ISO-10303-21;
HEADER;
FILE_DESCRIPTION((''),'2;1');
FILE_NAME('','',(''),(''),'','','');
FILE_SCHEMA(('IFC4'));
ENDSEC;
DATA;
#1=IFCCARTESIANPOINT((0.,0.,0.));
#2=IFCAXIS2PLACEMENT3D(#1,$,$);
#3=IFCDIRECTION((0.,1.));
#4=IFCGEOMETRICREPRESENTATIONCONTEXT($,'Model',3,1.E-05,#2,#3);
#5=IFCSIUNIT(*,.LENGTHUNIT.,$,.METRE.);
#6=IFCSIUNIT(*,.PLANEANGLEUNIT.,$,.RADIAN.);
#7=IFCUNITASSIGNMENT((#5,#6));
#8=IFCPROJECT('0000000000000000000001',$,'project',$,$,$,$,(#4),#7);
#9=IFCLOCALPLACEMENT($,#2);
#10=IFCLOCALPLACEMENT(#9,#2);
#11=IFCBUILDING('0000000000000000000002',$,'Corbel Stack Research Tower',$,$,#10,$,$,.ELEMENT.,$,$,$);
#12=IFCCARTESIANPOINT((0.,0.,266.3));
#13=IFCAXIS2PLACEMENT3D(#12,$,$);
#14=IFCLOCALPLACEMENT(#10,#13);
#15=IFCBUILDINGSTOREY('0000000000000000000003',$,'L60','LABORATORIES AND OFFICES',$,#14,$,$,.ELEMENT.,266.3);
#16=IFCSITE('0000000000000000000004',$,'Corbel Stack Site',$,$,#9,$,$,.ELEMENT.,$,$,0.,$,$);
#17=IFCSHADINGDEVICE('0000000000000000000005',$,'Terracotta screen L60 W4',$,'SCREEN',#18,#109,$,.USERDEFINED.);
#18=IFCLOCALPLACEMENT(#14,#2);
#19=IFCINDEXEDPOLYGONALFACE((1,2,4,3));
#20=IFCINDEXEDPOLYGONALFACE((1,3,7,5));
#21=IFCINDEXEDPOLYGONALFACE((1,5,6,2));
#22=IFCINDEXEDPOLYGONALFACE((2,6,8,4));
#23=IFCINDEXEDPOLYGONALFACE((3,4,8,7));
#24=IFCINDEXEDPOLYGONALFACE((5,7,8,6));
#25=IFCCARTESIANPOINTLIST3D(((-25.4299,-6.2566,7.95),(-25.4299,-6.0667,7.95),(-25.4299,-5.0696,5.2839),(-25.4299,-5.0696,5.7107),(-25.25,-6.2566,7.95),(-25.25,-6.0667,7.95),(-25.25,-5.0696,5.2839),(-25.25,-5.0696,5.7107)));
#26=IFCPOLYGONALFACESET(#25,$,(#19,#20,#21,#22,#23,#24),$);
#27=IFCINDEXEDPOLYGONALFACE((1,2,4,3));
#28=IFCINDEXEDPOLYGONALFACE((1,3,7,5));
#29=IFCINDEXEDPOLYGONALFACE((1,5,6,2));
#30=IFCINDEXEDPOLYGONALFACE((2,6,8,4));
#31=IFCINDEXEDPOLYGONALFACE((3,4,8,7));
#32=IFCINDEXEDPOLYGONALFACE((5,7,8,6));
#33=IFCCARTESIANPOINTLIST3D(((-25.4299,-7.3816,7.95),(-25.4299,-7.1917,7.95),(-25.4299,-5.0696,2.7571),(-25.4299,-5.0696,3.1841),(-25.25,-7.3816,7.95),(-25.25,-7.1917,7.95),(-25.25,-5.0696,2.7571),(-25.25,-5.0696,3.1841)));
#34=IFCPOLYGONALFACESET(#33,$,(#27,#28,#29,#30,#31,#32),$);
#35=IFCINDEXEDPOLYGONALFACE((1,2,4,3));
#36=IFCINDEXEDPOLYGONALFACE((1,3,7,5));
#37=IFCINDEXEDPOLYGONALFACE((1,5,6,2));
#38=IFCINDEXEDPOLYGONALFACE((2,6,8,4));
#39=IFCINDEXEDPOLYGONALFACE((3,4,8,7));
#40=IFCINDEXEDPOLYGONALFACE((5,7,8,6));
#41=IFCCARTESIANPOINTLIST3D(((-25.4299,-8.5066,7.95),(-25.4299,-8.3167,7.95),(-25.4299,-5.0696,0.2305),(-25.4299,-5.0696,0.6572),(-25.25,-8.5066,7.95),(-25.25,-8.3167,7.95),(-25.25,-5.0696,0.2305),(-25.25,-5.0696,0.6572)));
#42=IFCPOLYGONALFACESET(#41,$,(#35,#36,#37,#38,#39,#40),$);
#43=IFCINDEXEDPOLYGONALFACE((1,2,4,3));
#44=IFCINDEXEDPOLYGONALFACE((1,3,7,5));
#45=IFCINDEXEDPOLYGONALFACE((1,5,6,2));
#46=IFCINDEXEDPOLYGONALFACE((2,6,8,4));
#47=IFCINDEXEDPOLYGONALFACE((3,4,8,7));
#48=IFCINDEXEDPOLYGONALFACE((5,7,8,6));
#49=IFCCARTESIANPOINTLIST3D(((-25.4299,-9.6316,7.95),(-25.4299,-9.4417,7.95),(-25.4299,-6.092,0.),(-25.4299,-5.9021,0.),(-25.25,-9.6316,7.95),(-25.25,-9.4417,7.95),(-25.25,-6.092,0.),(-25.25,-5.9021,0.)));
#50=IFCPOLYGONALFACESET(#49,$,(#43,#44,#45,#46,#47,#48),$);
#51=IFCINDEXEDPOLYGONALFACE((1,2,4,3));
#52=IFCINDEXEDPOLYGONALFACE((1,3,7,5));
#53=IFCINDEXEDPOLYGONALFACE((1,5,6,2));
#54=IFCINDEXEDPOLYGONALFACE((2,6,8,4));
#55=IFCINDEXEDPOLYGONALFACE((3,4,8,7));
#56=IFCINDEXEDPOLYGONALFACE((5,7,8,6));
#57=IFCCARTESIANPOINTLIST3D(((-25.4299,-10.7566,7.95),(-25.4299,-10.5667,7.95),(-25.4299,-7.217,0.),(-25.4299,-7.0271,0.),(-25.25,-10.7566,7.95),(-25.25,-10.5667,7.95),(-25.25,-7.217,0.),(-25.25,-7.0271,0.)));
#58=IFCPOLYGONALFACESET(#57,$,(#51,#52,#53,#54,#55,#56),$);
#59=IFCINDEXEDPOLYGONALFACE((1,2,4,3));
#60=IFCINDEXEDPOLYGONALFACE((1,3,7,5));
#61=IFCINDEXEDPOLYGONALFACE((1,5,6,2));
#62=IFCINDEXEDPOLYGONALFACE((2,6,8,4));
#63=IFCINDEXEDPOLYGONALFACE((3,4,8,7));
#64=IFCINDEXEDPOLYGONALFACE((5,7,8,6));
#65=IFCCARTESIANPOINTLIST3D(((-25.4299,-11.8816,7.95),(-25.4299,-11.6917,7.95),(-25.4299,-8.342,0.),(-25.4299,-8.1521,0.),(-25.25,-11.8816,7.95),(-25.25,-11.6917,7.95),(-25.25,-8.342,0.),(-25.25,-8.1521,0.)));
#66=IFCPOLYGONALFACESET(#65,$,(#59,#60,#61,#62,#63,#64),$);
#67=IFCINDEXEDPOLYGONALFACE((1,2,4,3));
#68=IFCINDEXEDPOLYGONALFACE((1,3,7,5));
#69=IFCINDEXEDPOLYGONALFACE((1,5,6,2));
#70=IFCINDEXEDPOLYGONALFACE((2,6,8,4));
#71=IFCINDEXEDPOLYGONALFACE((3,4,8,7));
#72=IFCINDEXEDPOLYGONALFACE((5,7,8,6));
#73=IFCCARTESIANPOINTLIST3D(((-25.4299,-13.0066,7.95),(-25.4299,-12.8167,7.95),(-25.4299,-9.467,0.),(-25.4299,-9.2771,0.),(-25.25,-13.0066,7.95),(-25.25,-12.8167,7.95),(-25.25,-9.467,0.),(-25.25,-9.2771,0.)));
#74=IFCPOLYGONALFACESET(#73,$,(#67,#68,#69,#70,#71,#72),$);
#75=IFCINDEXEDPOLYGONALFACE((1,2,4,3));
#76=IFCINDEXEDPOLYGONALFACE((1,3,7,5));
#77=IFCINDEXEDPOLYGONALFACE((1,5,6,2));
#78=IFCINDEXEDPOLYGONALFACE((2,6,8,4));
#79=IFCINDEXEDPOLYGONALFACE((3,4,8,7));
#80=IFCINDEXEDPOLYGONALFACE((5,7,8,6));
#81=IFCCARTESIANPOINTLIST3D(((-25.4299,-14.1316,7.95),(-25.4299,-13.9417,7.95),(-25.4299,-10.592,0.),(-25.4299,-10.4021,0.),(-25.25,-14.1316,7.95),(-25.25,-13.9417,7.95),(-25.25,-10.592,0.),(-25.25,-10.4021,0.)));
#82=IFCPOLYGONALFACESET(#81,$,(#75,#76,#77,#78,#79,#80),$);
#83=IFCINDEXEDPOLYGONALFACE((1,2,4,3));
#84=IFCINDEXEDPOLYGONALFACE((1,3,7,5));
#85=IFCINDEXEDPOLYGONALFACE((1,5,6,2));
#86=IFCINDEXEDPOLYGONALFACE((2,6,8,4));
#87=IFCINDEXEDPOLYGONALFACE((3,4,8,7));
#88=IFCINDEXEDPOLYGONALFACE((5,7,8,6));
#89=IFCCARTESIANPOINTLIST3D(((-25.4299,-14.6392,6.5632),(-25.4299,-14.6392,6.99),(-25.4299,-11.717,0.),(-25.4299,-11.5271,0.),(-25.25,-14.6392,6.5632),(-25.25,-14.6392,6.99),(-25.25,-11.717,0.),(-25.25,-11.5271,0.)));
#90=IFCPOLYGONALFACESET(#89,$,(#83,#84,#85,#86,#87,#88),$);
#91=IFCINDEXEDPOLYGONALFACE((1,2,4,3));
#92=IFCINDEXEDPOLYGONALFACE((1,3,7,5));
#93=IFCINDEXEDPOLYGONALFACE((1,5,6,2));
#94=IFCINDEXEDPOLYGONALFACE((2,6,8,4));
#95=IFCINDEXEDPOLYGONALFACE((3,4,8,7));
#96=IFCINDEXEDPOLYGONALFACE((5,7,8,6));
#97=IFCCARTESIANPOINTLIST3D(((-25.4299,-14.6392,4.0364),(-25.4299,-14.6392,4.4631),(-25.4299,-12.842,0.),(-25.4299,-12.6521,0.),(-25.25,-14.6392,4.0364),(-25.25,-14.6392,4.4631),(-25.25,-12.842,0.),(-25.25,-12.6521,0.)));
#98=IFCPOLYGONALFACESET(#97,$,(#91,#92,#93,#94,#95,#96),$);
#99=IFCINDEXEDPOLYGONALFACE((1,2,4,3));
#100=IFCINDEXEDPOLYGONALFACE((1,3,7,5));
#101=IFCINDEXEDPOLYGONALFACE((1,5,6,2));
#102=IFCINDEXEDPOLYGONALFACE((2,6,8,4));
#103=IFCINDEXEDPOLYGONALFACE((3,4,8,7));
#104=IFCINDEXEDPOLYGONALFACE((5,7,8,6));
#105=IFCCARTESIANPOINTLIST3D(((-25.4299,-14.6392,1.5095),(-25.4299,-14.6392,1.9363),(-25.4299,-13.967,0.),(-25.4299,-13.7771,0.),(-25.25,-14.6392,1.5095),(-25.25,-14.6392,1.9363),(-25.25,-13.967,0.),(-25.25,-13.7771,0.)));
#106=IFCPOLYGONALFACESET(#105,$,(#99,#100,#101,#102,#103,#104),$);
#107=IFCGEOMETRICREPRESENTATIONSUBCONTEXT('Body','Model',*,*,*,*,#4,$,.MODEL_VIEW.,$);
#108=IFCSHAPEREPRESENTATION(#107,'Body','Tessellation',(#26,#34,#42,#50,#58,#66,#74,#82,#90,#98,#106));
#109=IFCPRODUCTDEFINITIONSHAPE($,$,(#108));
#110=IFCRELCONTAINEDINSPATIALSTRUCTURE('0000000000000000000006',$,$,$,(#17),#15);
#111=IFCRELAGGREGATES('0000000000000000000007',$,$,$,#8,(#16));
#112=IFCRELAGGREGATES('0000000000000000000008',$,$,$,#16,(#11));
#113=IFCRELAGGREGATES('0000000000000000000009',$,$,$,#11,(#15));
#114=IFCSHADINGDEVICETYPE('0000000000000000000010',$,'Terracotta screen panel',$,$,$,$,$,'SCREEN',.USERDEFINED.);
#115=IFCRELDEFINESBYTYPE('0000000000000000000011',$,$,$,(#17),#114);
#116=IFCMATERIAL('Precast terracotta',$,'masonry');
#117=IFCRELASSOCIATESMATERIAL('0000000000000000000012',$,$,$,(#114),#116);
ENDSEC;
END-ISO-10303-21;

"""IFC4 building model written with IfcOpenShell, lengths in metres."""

from ifc_helpers import new_model, si_unit, direction, frame, origin, place, context, subcontext, project, spatial, polyline, outline, extrude, source, transform, mapped, material, type_object, element, save


model = new_model("IFC4")

# Units and contexts
model_context = context("Model", 3, precision=1e-05, world=origin(), true_north=direction((0.0, 1.0)))
body_context = subcontext(model_context, "Body", "Model", "MODEL_VIEW")
ifc_project = project(units=[si_unit("LENGTHUNIT", "METRE"), si_unit("PLANEANGLEUNIT", "RADIAN")], contexts=[model_context])

# Site, building, storey
site_placement = place(None, origin())
site = spatial("IfcSite", under=ifc_project, at=site_placement, Name="Corbel Stack Site", CompositionType="ELEMENT", RefElevation=0.0)
building_placement = place(site_placement, origin())
building = spatial("IfcBuilding", under=site, at=building_placement, Name="Corbel Stack Research Tower", CompositionType="ELEMENT")
storey_placement = place(building_placement, frame((0.0, 0.0, 266.3)))
storey = spatial("IfcBuildingStorey", under=building, at=storey_placement, Name="L60", Description="LABORATORIES AND OFFICES", CompositionType="ELEMENT", Elevation=266.3)

# Shading device
ifc_material_1 = material(Name="Precast terracotta", Category="masonry")
shading_device_type = type_object("IfcShadingDeviceType", Name="Terracotta screen panel", ElementType="SCREEN", PredefinedType="USERDEFINED", material=ifc_material_1)
shared_shape = source(origin(), body_context, "Body", "SweptSolid", [
    extrude(outline(polyline([(1.187, 7.95), (0.9971, 7.95), (0.0, 5.7107), (0.0, 5.2839), (1.187, 7.95)])), frame((0.0, 0.0, 0.0), z_axis=(0.0, -1.0, 0.0), x_axis=(1.0, 0.0, 0.0)), (0.0, 0.0, 1.0), 0.1799),
    extrude(outline(polyline([(2.312, 7.95), (2.1221, 7.95), (0.0, 3.1841), (0.0, 2.7571), (2.312, 7.95)])), frame((0.0, 0.0, 0.0), z_axis=(0.0, -1.0, 0.0), x_axis=(1.0, 0.0, 0.0)), (0.0, 0.0, 1.0), 0.1799),
    extrude(outline(polyline([(3.437, 7.95), (3.2471, 7.95), (0.0, 0.6572), (0.0, 0.2305), (3.437, 7.95)])), frame((0.0, 0.0, 0.0), z_axis=(0.0, -1.0, 0.0), x_axis=(1.0, 0.0, 0.0)), (0.0, 0.0, 1.0), 0.1799),
    extrude(outline(polyline([(1.0225, 0.0), (4.562, 7.95), (4.3721, 7.95), (0.8325, 0.0), (1.0225, 0.0)])), frame((0.0, 0.0, 0.0), z_axis=(0.0, -1.0, 0.0), x_axis=(1.0, 0.0, 0.0)), (0.0, 0.0, 1.0), 0.1799),
    extrude(outline(polyline([(2.1475, 0.0), (5.687, 7.95), (5.4971, 7.95), (1.9575, 0.0), (2.1475, 0.0)])), frame((0.0, 0.0, 0.0), z_axis=(0.0, -1.0, 0.0), x_axis=(1.0, 0.0, 0.0)), (0.0, 0.0, 1.0), 0.1799),
    extrude(outline(polyline([(3.2725, 0.0), (6.812, 7.95), (6.6221, 7.95), (3.0825, 0.0), (3.2725, 0.0)])), frame((0.0, 0.0, 0.0), z_axis=(0.0, -1.0, 0.0), x_axis=(1.0, 0.0, 0.0)), (0.0, 0.0, 1.0), 0.1799),
    extrude(outline(polyline([(4.3975, 0.0), (7.937, 7.95), (7.7471, 7.95), (4.2075, 0.0), (4.3975, 0.0)])), frame((0.0, 0.0, 0.0), z_axis=(0.0, -1.0, 0.0), x_axis=(1.0, 0.0, 0.0)), (0.0, 0.0, 1.0), 0.1799),
    extrude(outline(polyline([(5.5225, 0.0), (9.062, 7.95), (8.8721, 7.95), (5.3325, 0.0), (5.5225, 0.0)])), frame((0.0, 0.0, 0.0), z_axis=(0.0, -1.0, 0.0), x_axis=(1.0, 0.0, 0.0)), (0.0, 0.0, 1.0), 0.1799),
    extrude(outline(polyline([(6.6475, 0.0), (9.5696, 6.5632), (9.5696, 6.99), (6.4575, 0.0), (6.6475, 0.0)])), frame((0.0, 0.0, 0.0), z_axis=(0.0, -1.0, 0.0), x_axis=(1.0, 0.0, 0.0)), (0.0, 0.0, 1.0), 0.1799),
    extrude(outline(polyline([(7.7725, 0.0), (9.5696, 4.0364), (9.5696, 4.4631), (7.5825, 0.0), (7.7725, 0.0)])), frame((0.0, 0.0, 0.0), z_axis=(0.0, -1.0, 0.0), x_axis=(1.0, 0.0, 0.0)), (0.0, 0.0, 1.0), 0.1799),
    extrude(outline(polyline([(8.8975, 0.0), (9.5696, 1.5095), (9.5696, 1.9363), (8.7075, 0.0), (8.8975, 0.0)])), frame((0.0, 0.0, 0.0), z_axis=(0.0, -1.0, 0.0), x_axis=(1.0, 0.0, 0.0)), (0.0, 0.0, 1.0), 0.1799),
])
shading_device_placement = place(storey_placement, frame((-25.25, -5.0696, 0.0), z_axis=(0.0, 0.0, 1.0), x_axis=(0.0, -1.0, 0.0)))
element("IfcShadingDevice", 1, at=shading_device_placement, inside=storey, type_object=shading_device_type, Name="Terracotta screen L60 W4", ObjectType="SCREEN", PredefinedType="USERDEFINED", context=body_context, shape_type="MappedRepresentation", body=[
    mapped(shared_shape, transform((0.0, 0.0, 0.0))),
])

save(model, "model.ifc")
